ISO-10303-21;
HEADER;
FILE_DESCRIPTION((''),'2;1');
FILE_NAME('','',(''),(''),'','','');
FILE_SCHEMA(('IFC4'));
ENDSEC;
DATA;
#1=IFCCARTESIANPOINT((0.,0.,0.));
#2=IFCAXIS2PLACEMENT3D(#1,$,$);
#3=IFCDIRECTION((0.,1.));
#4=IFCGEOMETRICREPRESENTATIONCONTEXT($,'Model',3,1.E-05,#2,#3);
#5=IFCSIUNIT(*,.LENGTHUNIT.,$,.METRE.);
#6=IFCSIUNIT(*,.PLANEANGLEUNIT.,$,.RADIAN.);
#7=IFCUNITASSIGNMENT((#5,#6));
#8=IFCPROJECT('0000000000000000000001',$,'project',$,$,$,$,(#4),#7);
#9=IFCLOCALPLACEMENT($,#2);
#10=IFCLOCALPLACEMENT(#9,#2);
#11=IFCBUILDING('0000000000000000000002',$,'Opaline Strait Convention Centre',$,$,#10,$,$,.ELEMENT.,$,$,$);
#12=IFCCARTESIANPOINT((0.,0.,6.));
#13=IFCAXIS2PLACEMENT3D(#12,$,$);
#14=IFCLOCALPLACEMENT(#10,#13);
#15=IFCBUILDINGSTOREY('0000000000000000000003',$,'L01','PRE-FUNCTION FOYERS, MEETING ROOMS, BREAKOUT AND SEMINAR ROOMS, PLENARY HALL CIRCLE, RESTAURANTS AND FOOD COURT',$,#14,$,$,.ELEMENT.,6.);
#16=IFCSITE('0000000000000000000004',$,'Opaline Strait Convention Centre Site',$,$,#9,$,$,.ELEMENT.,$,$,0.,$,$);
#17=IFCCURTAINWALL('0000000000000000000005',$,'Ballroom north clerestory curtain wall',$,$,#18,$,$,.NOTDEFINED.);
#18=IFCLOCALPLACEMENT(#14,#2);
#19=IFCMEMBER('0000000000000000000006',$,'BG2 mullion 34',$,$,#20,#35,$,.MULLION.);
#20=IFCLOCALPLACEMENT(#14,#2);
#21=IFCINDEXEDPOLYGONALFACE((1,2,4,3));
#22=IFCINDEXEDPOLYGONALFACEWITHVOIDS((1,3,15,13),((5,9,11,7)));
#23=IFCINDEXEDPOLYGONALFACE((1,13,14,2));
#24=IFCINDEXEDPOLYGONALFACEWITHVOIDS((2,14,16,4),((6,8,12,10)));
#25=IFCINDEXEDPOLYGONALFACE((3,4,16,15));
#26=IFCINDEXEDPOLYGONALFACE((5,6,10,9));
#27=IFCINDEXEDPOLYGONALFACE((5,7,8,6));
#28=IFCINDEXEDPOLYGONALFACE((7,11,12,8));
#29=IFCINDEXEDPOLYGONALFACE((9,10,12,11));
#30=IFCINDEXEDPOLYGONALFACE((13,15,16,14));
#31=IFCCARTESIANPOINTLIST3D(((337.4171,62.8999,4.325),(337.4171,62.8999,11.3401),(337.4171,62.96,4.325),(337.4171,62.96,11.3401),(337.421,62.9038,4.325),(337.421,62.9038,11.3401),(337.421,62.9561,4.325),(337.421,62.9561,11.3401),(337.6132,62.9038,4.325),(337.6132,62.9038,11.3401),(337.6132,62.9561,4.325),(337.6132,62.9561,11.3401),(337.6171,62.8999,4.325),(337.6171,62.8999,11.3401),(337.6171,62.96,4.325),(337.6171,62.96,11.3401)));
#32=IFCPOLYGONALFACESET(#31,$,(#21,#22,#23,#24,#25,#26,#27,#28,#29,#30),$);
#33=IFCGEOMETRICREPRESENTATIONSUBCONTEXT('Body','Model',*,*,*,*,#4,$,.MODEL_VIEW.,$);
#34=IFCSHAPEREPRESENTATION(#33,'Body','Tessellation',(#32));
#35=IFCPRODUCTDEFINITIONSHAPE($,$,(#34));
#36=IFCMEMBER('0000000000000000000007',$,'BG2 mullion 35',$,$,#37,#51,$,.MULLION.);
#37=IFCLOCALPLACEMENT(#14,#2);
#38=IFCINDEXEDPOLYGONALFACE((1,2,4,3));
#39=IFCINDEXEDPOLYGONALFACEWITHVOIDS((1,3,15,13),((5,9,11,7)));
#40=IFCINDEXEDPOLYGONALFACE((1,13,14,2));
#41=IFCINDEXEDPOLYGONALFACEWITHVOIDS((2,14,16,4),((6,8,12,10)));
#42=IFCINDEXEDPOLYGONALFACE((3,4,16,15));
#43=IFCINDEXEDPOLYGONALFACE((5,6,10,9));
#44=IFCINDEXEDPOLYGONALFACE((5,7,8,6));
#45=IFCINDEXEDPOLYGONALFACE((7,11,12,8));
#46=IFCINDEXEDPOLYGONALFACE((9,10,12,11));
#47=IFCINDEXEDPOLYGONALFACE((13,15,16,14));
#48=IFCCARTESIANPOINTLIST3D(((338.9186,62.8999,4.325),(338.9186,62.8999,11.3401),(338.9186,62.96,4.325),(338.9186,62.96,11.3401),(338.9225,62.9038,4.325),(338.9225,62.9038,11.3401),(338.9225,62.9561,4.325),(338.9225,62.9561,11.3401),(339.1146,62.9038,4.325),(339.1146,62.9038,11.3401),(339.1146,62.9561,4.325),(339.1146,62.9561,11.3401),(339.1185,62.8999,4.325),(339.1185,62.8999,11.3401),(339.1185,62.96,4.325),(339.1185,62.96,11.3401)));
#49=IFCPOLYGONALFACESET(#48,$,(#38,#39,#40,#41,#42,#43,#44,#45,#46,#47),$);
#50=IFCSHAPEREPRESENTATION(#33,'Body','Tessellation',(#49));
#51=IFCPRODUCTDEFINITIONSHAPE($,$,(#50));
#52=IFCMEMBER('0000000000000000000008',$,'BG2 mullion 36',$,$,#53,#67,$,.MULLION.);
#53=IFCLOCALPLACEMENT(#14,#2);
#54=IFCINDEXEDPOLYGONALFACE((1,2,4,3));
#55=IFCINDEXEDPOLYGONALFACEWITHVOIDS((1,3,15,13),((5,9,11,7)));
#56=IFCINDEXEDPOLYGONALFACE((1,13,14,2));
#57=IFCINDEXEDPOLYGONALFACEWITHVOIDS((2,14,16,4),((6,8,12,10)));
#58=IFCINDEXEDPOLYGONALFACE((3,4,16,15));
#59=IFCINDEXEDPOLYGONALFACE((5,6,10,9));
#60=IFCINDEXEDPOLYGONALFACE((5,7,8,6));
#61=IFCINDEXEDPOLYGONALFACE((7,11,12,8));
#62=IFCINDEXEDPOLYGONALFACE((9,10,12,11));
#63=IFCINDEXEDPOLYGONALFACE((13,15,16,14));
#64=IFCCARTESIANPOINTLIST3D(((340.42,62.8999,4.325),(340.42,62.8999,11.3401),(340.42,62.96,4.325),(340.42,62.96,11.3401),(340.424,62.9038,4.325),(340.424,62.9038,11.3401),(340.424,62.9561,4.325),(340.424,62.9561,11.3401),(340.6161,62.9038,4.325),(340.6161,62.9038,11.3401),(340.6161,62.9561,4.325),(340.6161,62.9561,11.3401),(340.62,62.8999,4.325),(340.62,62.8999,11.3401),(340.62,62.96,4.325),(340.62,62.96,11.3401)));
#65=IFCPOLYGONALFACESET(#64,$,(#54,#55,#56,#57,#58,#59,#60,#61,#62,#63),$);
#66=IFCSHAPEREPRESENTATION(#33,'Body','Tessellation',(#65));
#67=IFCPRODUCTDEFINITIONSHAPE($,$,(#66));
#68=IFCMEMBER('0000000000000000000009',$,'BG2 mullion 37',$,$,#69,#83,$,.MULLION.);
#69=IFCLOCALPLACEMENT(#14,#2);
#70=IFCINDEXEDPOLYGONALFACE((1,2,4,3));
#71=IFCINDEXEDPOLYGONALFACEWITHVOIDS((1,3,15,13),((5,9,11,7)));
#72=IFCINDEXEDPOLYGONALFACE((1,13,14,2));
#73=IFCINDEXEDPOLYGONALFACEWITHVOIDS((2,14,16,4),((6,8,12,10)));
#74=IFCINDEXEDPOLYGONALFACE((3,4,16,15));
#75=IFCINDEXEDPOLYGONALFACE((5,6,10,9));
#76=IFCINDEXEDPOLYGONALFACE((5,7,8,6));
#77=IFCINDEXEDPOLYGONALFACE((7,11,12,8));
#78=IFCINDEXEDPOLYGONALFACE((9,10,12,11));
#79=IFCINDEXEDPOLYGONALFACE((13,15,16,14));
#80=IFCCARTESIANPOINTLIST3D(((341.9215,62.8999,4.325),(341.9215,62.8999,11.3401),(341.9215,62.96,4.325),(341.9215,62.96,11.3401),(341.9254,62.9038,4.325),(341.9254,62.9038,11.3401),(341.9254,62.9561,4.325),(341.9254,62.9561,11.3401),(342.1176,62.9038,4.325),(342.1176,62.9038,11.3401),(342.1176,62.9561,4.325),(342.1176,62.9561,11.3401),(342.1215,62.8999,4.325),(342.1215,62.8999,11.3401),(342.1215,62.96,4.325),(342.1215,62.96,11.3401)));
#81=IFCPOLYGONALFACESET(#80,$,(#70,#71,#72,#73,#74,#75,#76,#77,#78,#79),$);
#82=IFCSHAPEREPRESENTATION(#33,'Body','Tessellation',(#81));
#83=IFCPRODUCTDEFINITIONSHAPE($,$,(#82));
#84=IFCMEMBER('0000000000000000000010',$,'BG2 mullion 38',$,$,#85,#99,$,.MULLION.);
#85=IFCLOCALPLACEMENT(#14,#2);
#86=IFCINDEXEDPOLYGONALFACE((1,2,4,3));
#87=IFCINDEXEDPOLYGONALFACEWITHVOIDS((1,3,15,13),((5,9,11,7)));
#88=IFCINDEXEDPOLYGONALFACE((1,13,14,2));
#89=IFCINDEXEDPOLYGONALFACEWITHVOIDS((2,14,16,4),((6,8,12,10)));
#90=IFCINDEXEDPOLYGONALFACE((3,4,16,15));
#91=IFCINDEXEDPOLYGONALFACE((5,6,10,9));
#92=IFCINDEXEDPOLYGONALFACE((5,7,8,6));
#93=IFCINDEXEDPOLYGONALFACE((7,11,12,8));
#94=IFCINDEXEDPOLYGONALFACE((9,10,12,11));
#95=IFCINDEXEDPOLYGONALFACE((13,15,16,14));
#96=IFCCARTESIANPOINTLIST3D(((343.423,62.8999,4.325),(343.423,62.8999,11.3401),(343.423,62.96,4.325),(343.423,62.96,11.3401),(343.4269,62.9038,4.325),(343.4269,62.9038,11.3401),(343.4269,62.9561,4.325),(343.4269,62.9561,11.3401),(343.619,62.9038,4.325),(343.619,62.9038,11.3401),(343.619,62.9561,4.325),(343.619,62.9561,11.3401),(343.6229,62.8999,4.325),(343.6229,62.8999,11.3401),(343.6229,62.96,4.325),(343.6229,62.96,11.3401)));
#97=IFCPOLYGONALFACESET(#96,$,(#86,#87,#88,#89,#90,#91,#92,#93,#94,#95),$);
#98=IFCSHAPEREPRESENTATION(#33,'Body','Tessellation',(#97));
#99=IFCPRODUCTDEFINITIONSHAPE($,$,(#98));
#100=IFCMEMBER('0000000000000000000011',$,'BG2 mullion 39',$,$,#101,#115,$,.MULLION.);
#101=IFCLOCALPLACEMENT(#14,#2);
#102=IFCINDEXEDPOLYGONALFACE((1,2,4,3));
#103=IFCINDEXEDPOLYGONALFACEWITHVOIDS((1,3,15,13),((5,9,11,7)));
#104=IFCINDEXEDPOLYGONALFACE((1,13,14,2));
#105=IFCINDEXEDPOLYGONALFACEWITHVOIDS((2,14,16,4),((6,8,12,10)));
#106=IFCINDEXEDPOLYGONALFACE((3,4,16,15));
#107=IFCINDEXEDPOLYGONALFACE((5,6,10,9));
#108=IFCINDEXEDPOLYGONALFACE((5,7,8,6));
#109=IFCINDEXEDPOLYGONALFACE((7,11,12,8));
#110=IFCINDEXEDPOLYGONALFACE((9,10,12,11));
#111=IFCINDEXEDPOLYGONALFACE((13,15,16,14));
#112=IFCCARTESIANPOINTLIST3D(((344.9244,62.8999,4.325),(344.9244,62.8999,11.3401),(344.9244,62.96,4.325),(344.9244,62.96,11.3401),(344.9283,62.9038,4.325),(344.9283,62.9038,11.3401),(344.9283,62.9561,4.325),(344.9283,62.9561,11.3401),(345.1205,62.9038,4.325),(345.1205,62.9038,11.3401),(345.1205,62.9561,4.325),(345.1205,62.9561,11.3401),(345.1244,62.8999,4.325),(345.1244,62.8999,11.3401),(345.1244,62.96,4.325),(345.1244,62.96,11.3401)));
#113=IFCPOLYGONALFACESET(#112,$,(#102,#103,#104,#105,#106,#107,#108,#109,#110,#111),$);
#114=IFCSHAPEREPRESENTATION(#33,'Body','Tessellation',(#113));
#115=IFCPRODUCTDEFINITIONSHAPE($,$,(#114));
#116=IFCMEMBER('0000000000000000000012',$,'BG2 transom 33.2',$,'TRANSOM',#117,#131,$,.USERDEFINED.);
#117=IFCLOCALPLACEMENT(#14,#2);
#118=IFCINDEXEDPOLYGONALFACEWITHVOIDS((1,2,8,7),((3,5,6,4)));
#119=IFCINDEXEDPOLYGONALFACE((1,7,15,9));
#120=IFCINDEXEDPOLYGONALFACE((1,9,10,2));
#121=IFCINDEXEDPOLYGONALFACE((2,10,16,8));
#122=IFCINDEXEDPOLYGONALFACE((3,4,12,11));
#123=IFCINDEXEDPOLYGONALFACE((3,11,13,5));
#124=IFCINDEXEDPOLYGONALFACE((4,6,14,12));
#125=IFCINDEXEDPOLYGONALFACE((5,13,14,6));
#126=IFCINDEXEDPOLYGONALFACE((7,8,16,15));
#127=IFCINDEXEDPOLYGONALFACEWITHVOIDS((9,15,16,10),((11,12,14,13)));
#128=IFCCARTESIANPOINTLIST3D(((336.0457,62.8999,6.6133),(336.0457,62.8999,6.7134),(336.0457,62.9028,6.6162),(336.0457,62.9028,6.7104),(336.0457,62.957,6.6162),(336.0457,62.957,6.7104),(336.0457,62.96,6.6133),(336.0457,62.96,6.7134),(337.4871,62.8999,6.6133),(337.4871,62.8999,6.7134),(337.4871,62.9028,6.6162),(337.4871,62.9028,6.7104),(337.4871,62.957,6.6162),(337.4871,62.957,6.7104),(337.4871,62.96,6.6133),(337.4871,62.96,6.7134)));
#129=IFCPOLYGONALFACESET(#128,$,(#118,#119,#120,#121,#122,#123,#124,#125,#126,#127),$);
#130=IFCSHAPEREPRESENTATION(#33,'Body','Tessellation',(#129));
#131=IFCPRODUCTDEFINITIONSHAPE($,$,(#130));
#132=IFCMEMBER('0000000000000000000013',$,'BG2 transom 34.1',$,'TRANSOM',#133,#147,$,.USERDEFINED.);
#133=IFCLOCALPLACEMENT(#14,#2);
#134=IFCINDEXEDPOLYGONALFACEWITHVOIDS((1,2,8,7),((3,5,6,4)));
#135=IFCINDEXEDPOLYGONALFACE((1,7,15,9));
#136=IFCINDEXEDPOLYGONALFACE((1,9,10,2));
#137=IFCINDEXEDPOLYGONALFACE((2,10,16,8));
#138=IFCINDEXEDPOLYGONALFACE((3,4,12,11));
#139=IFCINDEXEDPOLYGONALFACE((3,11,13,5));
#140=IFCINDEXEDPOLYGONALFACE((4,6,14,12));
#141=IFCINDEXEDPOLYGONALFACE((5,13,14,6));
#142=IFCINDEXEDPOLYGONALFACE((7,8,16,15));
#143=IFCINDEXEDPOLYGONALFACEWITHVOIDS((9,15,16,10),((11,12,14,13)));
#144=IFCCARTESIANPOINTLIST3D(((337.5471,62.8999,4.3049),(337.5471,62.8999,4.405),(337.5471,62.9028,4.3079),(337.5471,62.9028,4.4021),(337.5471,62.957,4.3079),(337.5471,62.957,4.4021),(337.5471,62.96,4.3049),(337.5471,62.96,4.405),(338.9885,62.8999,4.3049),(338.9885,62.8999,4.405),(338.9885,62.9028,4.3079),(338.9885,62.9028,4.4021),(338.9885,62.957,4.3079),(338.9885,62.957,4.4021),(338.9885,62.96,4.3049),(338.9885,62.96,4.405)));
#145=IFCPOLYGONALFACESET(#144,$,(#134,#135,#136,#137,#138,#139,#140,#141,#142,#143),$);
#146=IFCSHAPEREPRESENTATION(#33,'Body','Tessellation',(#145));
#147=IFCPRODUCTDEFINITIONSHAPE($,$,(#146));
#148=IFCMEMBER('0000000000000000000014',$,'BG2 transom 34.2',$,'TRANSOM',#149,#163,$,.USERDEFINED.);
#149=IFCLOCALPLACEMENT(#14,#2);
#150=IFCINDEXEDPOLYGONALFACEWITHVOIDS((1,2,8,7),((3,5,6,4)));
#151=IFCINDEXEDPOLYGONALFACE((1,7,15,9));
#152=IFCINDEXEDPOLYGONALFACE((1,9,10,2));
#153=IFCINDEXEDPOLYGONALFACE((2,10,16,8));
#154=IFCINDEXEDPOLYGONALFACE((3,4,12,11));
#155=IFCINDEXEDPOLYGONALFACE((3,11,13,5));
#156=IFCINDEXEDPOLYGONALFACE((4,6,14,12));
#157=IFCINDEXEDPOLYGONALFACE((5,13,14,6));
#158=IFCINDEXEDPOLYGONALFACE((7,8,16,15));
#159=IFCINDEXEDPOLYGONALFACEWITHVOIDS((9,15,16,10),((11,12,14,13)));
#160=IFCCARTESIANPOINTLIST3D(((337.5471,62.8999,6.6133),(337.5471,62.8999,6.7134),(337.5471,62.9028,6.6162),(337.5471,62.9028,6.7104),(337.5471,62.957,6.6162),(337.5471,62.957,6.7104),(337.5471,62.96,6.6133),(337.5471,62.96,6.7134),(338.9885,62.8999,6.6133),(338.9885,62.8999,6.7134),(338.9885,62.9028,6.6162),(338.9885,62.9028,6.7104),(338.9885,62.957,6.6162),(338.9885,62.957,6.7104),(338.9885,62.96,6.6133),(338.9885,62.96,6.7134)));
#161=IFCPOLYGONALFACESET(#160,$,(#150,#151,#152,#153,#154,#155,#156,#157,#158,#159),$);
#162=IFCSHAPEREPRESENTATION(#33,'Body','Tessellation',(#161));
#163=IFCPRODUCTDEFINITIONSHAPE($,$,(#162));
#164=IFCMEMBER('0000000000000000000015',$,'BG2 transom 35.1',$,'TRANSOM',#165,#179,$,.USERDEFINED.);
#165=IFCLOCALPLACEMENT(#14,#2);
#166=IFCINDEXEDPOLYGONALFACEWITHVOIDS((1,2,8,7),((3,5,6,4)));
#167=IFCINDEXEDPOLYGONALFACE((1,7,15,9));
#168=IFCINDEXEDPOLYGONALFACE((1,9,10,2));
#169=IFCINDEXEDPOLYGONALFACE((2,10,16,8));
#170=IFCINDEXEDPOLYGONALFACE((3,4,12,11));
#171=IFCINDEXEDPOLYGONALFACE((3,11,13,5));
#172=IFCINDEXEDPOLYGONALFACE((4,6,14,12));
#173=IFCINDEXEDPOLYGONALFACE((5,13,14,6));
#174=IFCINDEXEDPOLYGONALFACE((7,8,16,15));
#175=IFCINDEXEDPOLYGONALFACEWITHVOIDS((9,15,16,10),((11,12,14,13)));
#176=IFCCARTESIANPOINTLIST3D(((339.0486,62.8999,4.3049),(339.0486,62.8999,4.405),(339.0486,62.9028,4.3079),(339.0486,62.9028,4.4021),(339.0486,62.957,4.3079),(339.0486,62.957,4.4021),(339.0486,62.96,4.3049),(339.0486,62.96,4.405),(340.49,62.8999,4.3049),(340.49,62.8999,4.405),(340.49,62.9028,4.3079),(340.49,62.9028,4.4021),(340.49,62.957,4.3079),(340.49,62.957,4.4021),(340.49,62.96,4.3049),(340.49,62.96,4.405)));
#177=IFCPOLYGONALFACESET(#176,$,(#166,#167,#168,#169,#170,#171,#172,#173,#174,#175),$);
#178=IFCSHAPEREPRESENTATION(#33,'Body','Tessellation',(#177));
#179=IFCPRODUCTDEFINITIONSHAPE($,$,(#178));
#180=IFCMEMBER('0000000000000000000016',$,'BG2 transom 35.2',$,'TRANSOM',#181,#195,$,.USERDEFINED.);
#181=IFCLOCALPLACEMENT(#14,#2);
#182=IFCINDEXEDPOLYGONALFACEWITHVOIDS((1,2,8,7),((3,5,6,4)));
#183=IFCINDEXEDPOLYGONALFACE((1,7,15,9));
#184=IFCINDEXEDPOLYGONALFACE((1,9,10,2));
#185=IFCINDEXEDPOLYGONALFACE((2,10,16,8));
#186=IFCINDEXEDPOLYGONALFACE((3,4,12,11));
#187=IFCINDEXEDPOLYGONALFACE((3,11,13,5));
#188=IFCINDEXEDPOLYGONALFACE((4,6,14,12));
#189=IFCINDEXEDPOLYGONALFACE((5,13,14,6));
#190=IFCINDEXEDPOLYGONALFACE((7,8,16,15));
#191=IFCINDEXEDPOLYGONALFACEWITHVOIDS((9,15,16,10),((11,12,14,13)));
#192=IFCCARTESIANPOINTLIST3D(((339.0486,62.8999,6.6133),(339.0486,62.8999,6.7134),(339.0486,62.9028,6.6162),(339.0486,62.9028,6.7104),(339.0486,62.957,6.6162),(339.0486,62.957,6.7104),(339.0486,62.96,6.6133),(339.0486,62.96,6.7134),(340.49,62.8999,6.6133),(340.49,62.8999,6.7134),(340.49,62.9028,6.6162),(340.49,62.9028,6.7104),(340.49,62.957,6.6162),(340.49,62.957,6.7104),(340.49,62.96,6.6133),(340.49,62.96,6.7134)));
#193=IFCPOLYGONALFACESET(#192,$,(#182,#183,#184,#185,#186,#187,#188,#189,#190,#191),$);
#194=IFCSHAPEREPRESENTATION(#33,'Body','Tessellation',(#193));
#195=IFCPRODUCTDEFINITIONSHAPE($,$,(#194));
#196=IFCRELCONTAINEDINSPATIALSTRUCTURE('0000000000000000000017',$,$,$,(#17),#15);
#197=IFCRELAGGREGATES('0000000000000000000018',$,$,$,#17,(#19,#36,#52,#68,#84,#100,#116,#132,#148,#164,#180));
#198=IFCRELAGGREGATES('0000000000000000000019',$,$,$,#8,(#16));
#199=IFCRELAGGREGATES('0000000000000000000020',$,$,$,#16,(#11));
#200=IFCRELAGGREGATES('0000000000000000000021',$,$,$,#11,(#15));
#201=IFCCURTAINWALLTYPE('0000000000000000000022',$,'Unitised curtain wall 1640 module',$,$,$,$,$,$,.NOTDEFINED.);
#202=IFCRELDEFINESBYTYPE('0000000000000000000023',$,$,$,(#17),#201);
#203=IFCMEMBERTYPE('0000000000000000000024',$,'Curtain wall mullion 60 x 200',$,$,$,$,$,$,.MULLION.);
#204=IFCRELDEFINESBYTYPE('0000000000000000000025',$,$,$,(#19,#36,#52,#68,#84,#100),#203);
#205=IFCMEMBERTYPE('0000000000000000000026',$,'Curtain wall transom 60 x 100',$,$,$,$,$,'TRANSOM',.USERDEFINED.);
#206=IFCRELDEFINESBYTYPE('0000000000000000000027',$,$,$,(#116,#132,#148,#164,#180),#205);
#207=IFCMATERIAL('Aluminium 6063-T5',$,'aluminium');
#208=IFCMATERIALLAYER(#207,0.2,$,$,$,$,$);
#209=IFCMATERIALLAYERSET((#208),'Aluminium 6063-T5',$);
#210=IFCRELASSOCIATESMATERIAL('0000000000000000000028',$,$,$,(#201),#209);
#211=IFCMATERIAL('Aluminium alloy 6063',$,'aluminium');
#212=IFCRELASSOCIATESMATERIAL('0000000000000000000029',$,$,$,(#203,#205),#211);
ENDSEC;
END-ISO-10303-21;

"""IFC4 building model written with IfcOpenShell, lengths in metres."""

from ifc_helpers import new_model, si_unit, direction, frame, origin, origin_2d, place, context, subcontext, project, spatial, hollow_rectangle, extrude, material, layer, layer_set, material_profile, profile_set, type_object, element, aggregate, save


model = new_model("IFC4")

# Units and contexts
model_context = context("Model", 3, precision=1e-05, world=origin(), true_north=direction((0.0, 1.0)))
body_context = subcontext(model_context, "Body", "Model", "MODEL_VIEW")
ifc_project = project(units=[si_unit("LENGTHUNIT", "METRE"), si_unit("PLANEANGLEUNIT", "RADIAN")], contexts=[model_context])

# Site, building, storey
site_placement = place(None, origin())
site = spatial("IfcSite", under=ifc_project, at=site_placement, Name="Opaline Strait Convention Centre Site", CompositionType="ELEMENT", RefElevation=0.0)
building_placement = place(site_placement, origin())
building = spatial("IfcBuilding", under=site, at=building_placement, Name="Opaline Strait Convention Centre", CompositionType="ELEMENT")
storey_placement = place(building_placement, frame((0.0, 0.0, 6.0)))
storey = spatial("IfcBuildingStorey", under=building, at=storey_placement, Name="L01", Description="PRE-FUNCTION FOYERS, MEETING ROOMS, BREAKOUT AND SEMINAR ROOMS, PLENARY HALL CIRCLE, RESTAURANTS AND FOOD COURT", CompositionType="ELEMENT", Elevation=6.0)

# Curtain wall, members
ifc_material_1 = material(Name="Aluminium 6063-T5", Category="aluminium")
ifc_layer_1 = layer(ifc_material_1, 0.2)
ifc_layer_set_1 = layer_set([ifc_layer_1], Name="Aluminium 6063-T5")
curtain_wall_type = type_object("IfcCurtainWallType", Name="Unitised curtain wall 1640 module", PredefinedType="NOTDEFINED", material=ifc_layer_set_1)
curtain_wall_placement = place(storey_placement, origin())
curtain_wall = element("IfcCurtainWall", 1, at=curtain_wall_placement, inside=storey, type_object=curtain_wall_type, Name="Ballroom north clerestory curtain wall", PredefinedType="NOTDEFINED")
ifc_material_2 = material(Name="Aluminium alloy 6063", Category="aluminium")
ifc_material_profile_1 = material_profile(ifc_material_2, hollow_rectangle(XDim=0.0601, YDim=0.2, WallThickness=0.0039, at=origin_2d()), Name="MULLION 60x200x4")
ifc_profile_set_1 = profile_set([ifc_material_profile_1], Name="Aluminium alloy 6063")
member_type_1 = type_object("IfcMemberType", Name="Curtain wall mullion 60 x 200", PredefinedType="MULLION", material=ifc_profile_set_1)
member_1_placement = place(storey_placement, frame((337.5171, 62.9299, 4.325), z_axis=(0.0, 0.0, 1.0), x_axis=(0.0, 1.0, 0.0)))
member_1 = element("IfcMember", 2, at=member_1_placement, type_object=member_type_1, Name="BG2 mullion 34", PredefinedType="MULLION", context=body_context, shape_type="SweptSolid", body=[
    extrude(hollow_rectangle(XDim=0.0601, YDim=0.2, WallThickness=0.0039, at=origin_2d()), origin(), (0.0, 0.0, 1.0), 7.0151),
])
member_2_placement = place(storey_placement, frame((339.0186, 62.9299, 4.325), z_axis=(0.0, 0.0, 1.0), x_axis=(0.0, 1.0, 0.0)))
member_2 = element("IfcMember", 3, at=member_2_placement, type_object=member_type_1, Name="BG2 mullion 35", PredefinedType="MULLION", context=body_context, shape_type="SweptSolid", body=[
    extrude(hollow_rectangle(XDim=0.0601, YDim=0.2, WallThickness=0.0039, at=origin_2d()), origin(), (0.0, 0.0, 1.0), 7.0151),
])
member_3_placement = place(storey_placement, frame((340.52, 62.9299, 4.325), z_axis=(0.0, 0.0, 1.0), x_axis=(0.0, 1.0, 0.0)))
member_3 = element("IfcMember", 4, at=member_3_placement, type_object=member_type_1, Name="BG2 mullion 36", PredefinedType="MULLION", context=body_context, shape_type="SweptSolid", body=[
    extrude(hollow_rectangle(XDim=0.0601, YDim=0.2, WallThickness=0.0039, at=origin_2d()), origin(), (0.0, 0.0, 1.0), 7.0151),
])
member_4_placement = place(storey_placement, frame((342.0215, 62.9299, 4.325), z_axis=(0.0, 0.0, 1.0), x_axis=(0.0, 1.0, 0.0)))
member_4 = element("IfcMember", 5, at=member_4_placement, type_object=member_type_1, Name="BG2 mullion 37", PredefinedType="MULLION", context=body_context, shape_type="SweptSolid", body=[
    extrude(hollow_rectangle(XDim=0.0601, YDim=0.2, WallThickness=0.0039, at=origin_2d()), origin(), (0.0, 0.0, 1.0), 7.0151),
])
member_5_placement = place(storey_placement, frame((343.5229, 62.9299, 4.325), z_axis=(0.0, 0.0, 1.0), x_axis=(0.0, 1.0, 0.0)))
member_5 = element("IfcMember", 6, at=member_5_placement, type_object=member_type_1, Name="BG2 mullion 38", PredefinedType="MULLION", context=body_context, shape_type="SweptSolid", body=[
    extrude(hollow_rectangle(XDim=0.0601, YDim=0.2, WallThickness=0.0039, at=origin_2d()), origin(), (0.0, 0.0, 1.0), 7.0151),
])
member_6_placement = place(storey_placement, frame((345.0244, 62.9299, 4.325), z_axis=(0.0, 0.0, 1.0), x_axis=(0.0, 1.0, 0.0)))
member_6 = element("IfcMember", 7, at=member_6_placement, type_object=member_type_1, Name="BG2 mullion 39", PredefinedType="MULLION", context=body_context, shape_type="SweptSolid", body=[
    extrude(hollow_rectangle(XDim=0.0601, YDim=0.2, WallThickness=0.0039, at=origin_2d()), origin(), (0.0, 0.0, 1.0), 7.0151),
])
ifc_material_profile_2 = material_profile(ifc_material_2, hollow_rectangle(XDim=0.0601, YDim=0.1001, WallThickness=0.0029, at=origin_2d()), Name="TRANSOM 60x100x3")
ifc_profile_set_2 = profile_set([ifc_material_profile_2], Name="Aluminium alloy 6063")
member_type_2 = type_object("IfcMemberType", Name="Curtain wall transom 60 x 100", ElementType="TRANSOM", PredefinedType="USERDEFINED", material=ifc_profile_set_2)
member_7_placement = place(storey_placement, frame((336.0457, 62.9299, 6.6633), z_axis=(1.0, 0.0, 0.0), x_axis=(0.0, 1.0, 0.0)))
member_7 = element("IfcMember", 8, at=member_7_placement, type_object=member_type_2, Name="BG2 transom 33.2", ObjectType="TRANSOM", PredefinedType="USERDEFINED", context=body_context, shape_type="SweptSolid", body=[
    extrude(hollow_rectangle(XDim=0.0601, YDim=0.1001, WallThickness=0.0029, at=origin_2d()), origin(), (0.0, 0.0, 1.0), 1.4414),
])
member_8_placement = place(storey_placement, frame((337.5471, 62.9299, 4.355), z_axis=(1.0, 0.0, 0.0), x_axis=(0.0, 1.0, 0.0)))
member_8 = element("IfcMember", 9, at=member_8_placement, type_object=member_type_2, Name="BG2 transom 34.1", ObjectType="TRANSOM", PredefinedType="USERDEFINED", context=body_context, shape_type="SweptSolid", body=[
    extrude(hollow_rectangle(XDim=0.0601, YDim=0.1001, WallThickness=0.0029, at=origin_2d()), origin(), (0.0, 0.0, 1.0), 1.4414),
])
member_9_placement = place(storey_placement, frame((337.5471, 62.9299, 6.6633), z_axis=(1.0, 0.0, 0.0), x_axis=(0.0, 1.0, 0.0)))
member_9 = element("IfcMember", 10, at=member_9_placement, type_object=member_type_2, Name="BG2 transom 34.2", ObjectType="TRANSOM", PredefinedType="USERDEFINED", context=body_context, shape_type="SweptSolid", body=[
    extrude(hollow_rectangle(XDim=0.0601, YDim=0.1001, WallThickness=0.0029, at=origin_2d()), origin(), (0.0, 0.0, 1.0), 1.4414),
])
member_10_placement = place(storey_placement, frame((339.0486, 62.9299, 4.355), z_axis=(1.0, 0.0, 0.0), x_axis=(0.0, 1.0, 0.0)))
member_10 = element("IfcMember", 11, at=member_10_placement, type_object=member_type_2, Name="BG2 transom 35.1", ObjectType="TRANSOM", PredefinedType="USERDEFINED", context=body_context, shape_type="SweptSolid", body=[
    extrude(hollow_rectangle(XDim=0.0601, YDim=0.1001, WallThickness=0.0029, at=origin_2d()), origin(), (0.0, 0.0, 1.0), 1.4414),
])
member_11_placement = place(storey_placement, frame((339.0486, 62.9299, 6.6633), z_axis=(1.0, 0.0, 0.0), x_axis=(0.0, 1.0, 0.0)))
member_11 = element("IfcMember", 12, at=member_11_placement, type_object=member_type_2, Name="BG2 transom 35.2", ObjectType="TRANSOM", PredefinedType="USERDEFINED", context=body_context, shape_type="SweptSolid", body=[
    extrude(hollow_rectangle(XDim=0.0601, YDim=0.1001, WallThickness=0.0029, at=origin_2d()), origin(), (0.0, 0.0, 1.0), 1.4414),
])
aggregate(curtain_wall, [member_1, member_2, member_3, member_4, member_5, member_6, member_7, member_8, member_9, member_10, member_11])

save(model, "model.ifc")
